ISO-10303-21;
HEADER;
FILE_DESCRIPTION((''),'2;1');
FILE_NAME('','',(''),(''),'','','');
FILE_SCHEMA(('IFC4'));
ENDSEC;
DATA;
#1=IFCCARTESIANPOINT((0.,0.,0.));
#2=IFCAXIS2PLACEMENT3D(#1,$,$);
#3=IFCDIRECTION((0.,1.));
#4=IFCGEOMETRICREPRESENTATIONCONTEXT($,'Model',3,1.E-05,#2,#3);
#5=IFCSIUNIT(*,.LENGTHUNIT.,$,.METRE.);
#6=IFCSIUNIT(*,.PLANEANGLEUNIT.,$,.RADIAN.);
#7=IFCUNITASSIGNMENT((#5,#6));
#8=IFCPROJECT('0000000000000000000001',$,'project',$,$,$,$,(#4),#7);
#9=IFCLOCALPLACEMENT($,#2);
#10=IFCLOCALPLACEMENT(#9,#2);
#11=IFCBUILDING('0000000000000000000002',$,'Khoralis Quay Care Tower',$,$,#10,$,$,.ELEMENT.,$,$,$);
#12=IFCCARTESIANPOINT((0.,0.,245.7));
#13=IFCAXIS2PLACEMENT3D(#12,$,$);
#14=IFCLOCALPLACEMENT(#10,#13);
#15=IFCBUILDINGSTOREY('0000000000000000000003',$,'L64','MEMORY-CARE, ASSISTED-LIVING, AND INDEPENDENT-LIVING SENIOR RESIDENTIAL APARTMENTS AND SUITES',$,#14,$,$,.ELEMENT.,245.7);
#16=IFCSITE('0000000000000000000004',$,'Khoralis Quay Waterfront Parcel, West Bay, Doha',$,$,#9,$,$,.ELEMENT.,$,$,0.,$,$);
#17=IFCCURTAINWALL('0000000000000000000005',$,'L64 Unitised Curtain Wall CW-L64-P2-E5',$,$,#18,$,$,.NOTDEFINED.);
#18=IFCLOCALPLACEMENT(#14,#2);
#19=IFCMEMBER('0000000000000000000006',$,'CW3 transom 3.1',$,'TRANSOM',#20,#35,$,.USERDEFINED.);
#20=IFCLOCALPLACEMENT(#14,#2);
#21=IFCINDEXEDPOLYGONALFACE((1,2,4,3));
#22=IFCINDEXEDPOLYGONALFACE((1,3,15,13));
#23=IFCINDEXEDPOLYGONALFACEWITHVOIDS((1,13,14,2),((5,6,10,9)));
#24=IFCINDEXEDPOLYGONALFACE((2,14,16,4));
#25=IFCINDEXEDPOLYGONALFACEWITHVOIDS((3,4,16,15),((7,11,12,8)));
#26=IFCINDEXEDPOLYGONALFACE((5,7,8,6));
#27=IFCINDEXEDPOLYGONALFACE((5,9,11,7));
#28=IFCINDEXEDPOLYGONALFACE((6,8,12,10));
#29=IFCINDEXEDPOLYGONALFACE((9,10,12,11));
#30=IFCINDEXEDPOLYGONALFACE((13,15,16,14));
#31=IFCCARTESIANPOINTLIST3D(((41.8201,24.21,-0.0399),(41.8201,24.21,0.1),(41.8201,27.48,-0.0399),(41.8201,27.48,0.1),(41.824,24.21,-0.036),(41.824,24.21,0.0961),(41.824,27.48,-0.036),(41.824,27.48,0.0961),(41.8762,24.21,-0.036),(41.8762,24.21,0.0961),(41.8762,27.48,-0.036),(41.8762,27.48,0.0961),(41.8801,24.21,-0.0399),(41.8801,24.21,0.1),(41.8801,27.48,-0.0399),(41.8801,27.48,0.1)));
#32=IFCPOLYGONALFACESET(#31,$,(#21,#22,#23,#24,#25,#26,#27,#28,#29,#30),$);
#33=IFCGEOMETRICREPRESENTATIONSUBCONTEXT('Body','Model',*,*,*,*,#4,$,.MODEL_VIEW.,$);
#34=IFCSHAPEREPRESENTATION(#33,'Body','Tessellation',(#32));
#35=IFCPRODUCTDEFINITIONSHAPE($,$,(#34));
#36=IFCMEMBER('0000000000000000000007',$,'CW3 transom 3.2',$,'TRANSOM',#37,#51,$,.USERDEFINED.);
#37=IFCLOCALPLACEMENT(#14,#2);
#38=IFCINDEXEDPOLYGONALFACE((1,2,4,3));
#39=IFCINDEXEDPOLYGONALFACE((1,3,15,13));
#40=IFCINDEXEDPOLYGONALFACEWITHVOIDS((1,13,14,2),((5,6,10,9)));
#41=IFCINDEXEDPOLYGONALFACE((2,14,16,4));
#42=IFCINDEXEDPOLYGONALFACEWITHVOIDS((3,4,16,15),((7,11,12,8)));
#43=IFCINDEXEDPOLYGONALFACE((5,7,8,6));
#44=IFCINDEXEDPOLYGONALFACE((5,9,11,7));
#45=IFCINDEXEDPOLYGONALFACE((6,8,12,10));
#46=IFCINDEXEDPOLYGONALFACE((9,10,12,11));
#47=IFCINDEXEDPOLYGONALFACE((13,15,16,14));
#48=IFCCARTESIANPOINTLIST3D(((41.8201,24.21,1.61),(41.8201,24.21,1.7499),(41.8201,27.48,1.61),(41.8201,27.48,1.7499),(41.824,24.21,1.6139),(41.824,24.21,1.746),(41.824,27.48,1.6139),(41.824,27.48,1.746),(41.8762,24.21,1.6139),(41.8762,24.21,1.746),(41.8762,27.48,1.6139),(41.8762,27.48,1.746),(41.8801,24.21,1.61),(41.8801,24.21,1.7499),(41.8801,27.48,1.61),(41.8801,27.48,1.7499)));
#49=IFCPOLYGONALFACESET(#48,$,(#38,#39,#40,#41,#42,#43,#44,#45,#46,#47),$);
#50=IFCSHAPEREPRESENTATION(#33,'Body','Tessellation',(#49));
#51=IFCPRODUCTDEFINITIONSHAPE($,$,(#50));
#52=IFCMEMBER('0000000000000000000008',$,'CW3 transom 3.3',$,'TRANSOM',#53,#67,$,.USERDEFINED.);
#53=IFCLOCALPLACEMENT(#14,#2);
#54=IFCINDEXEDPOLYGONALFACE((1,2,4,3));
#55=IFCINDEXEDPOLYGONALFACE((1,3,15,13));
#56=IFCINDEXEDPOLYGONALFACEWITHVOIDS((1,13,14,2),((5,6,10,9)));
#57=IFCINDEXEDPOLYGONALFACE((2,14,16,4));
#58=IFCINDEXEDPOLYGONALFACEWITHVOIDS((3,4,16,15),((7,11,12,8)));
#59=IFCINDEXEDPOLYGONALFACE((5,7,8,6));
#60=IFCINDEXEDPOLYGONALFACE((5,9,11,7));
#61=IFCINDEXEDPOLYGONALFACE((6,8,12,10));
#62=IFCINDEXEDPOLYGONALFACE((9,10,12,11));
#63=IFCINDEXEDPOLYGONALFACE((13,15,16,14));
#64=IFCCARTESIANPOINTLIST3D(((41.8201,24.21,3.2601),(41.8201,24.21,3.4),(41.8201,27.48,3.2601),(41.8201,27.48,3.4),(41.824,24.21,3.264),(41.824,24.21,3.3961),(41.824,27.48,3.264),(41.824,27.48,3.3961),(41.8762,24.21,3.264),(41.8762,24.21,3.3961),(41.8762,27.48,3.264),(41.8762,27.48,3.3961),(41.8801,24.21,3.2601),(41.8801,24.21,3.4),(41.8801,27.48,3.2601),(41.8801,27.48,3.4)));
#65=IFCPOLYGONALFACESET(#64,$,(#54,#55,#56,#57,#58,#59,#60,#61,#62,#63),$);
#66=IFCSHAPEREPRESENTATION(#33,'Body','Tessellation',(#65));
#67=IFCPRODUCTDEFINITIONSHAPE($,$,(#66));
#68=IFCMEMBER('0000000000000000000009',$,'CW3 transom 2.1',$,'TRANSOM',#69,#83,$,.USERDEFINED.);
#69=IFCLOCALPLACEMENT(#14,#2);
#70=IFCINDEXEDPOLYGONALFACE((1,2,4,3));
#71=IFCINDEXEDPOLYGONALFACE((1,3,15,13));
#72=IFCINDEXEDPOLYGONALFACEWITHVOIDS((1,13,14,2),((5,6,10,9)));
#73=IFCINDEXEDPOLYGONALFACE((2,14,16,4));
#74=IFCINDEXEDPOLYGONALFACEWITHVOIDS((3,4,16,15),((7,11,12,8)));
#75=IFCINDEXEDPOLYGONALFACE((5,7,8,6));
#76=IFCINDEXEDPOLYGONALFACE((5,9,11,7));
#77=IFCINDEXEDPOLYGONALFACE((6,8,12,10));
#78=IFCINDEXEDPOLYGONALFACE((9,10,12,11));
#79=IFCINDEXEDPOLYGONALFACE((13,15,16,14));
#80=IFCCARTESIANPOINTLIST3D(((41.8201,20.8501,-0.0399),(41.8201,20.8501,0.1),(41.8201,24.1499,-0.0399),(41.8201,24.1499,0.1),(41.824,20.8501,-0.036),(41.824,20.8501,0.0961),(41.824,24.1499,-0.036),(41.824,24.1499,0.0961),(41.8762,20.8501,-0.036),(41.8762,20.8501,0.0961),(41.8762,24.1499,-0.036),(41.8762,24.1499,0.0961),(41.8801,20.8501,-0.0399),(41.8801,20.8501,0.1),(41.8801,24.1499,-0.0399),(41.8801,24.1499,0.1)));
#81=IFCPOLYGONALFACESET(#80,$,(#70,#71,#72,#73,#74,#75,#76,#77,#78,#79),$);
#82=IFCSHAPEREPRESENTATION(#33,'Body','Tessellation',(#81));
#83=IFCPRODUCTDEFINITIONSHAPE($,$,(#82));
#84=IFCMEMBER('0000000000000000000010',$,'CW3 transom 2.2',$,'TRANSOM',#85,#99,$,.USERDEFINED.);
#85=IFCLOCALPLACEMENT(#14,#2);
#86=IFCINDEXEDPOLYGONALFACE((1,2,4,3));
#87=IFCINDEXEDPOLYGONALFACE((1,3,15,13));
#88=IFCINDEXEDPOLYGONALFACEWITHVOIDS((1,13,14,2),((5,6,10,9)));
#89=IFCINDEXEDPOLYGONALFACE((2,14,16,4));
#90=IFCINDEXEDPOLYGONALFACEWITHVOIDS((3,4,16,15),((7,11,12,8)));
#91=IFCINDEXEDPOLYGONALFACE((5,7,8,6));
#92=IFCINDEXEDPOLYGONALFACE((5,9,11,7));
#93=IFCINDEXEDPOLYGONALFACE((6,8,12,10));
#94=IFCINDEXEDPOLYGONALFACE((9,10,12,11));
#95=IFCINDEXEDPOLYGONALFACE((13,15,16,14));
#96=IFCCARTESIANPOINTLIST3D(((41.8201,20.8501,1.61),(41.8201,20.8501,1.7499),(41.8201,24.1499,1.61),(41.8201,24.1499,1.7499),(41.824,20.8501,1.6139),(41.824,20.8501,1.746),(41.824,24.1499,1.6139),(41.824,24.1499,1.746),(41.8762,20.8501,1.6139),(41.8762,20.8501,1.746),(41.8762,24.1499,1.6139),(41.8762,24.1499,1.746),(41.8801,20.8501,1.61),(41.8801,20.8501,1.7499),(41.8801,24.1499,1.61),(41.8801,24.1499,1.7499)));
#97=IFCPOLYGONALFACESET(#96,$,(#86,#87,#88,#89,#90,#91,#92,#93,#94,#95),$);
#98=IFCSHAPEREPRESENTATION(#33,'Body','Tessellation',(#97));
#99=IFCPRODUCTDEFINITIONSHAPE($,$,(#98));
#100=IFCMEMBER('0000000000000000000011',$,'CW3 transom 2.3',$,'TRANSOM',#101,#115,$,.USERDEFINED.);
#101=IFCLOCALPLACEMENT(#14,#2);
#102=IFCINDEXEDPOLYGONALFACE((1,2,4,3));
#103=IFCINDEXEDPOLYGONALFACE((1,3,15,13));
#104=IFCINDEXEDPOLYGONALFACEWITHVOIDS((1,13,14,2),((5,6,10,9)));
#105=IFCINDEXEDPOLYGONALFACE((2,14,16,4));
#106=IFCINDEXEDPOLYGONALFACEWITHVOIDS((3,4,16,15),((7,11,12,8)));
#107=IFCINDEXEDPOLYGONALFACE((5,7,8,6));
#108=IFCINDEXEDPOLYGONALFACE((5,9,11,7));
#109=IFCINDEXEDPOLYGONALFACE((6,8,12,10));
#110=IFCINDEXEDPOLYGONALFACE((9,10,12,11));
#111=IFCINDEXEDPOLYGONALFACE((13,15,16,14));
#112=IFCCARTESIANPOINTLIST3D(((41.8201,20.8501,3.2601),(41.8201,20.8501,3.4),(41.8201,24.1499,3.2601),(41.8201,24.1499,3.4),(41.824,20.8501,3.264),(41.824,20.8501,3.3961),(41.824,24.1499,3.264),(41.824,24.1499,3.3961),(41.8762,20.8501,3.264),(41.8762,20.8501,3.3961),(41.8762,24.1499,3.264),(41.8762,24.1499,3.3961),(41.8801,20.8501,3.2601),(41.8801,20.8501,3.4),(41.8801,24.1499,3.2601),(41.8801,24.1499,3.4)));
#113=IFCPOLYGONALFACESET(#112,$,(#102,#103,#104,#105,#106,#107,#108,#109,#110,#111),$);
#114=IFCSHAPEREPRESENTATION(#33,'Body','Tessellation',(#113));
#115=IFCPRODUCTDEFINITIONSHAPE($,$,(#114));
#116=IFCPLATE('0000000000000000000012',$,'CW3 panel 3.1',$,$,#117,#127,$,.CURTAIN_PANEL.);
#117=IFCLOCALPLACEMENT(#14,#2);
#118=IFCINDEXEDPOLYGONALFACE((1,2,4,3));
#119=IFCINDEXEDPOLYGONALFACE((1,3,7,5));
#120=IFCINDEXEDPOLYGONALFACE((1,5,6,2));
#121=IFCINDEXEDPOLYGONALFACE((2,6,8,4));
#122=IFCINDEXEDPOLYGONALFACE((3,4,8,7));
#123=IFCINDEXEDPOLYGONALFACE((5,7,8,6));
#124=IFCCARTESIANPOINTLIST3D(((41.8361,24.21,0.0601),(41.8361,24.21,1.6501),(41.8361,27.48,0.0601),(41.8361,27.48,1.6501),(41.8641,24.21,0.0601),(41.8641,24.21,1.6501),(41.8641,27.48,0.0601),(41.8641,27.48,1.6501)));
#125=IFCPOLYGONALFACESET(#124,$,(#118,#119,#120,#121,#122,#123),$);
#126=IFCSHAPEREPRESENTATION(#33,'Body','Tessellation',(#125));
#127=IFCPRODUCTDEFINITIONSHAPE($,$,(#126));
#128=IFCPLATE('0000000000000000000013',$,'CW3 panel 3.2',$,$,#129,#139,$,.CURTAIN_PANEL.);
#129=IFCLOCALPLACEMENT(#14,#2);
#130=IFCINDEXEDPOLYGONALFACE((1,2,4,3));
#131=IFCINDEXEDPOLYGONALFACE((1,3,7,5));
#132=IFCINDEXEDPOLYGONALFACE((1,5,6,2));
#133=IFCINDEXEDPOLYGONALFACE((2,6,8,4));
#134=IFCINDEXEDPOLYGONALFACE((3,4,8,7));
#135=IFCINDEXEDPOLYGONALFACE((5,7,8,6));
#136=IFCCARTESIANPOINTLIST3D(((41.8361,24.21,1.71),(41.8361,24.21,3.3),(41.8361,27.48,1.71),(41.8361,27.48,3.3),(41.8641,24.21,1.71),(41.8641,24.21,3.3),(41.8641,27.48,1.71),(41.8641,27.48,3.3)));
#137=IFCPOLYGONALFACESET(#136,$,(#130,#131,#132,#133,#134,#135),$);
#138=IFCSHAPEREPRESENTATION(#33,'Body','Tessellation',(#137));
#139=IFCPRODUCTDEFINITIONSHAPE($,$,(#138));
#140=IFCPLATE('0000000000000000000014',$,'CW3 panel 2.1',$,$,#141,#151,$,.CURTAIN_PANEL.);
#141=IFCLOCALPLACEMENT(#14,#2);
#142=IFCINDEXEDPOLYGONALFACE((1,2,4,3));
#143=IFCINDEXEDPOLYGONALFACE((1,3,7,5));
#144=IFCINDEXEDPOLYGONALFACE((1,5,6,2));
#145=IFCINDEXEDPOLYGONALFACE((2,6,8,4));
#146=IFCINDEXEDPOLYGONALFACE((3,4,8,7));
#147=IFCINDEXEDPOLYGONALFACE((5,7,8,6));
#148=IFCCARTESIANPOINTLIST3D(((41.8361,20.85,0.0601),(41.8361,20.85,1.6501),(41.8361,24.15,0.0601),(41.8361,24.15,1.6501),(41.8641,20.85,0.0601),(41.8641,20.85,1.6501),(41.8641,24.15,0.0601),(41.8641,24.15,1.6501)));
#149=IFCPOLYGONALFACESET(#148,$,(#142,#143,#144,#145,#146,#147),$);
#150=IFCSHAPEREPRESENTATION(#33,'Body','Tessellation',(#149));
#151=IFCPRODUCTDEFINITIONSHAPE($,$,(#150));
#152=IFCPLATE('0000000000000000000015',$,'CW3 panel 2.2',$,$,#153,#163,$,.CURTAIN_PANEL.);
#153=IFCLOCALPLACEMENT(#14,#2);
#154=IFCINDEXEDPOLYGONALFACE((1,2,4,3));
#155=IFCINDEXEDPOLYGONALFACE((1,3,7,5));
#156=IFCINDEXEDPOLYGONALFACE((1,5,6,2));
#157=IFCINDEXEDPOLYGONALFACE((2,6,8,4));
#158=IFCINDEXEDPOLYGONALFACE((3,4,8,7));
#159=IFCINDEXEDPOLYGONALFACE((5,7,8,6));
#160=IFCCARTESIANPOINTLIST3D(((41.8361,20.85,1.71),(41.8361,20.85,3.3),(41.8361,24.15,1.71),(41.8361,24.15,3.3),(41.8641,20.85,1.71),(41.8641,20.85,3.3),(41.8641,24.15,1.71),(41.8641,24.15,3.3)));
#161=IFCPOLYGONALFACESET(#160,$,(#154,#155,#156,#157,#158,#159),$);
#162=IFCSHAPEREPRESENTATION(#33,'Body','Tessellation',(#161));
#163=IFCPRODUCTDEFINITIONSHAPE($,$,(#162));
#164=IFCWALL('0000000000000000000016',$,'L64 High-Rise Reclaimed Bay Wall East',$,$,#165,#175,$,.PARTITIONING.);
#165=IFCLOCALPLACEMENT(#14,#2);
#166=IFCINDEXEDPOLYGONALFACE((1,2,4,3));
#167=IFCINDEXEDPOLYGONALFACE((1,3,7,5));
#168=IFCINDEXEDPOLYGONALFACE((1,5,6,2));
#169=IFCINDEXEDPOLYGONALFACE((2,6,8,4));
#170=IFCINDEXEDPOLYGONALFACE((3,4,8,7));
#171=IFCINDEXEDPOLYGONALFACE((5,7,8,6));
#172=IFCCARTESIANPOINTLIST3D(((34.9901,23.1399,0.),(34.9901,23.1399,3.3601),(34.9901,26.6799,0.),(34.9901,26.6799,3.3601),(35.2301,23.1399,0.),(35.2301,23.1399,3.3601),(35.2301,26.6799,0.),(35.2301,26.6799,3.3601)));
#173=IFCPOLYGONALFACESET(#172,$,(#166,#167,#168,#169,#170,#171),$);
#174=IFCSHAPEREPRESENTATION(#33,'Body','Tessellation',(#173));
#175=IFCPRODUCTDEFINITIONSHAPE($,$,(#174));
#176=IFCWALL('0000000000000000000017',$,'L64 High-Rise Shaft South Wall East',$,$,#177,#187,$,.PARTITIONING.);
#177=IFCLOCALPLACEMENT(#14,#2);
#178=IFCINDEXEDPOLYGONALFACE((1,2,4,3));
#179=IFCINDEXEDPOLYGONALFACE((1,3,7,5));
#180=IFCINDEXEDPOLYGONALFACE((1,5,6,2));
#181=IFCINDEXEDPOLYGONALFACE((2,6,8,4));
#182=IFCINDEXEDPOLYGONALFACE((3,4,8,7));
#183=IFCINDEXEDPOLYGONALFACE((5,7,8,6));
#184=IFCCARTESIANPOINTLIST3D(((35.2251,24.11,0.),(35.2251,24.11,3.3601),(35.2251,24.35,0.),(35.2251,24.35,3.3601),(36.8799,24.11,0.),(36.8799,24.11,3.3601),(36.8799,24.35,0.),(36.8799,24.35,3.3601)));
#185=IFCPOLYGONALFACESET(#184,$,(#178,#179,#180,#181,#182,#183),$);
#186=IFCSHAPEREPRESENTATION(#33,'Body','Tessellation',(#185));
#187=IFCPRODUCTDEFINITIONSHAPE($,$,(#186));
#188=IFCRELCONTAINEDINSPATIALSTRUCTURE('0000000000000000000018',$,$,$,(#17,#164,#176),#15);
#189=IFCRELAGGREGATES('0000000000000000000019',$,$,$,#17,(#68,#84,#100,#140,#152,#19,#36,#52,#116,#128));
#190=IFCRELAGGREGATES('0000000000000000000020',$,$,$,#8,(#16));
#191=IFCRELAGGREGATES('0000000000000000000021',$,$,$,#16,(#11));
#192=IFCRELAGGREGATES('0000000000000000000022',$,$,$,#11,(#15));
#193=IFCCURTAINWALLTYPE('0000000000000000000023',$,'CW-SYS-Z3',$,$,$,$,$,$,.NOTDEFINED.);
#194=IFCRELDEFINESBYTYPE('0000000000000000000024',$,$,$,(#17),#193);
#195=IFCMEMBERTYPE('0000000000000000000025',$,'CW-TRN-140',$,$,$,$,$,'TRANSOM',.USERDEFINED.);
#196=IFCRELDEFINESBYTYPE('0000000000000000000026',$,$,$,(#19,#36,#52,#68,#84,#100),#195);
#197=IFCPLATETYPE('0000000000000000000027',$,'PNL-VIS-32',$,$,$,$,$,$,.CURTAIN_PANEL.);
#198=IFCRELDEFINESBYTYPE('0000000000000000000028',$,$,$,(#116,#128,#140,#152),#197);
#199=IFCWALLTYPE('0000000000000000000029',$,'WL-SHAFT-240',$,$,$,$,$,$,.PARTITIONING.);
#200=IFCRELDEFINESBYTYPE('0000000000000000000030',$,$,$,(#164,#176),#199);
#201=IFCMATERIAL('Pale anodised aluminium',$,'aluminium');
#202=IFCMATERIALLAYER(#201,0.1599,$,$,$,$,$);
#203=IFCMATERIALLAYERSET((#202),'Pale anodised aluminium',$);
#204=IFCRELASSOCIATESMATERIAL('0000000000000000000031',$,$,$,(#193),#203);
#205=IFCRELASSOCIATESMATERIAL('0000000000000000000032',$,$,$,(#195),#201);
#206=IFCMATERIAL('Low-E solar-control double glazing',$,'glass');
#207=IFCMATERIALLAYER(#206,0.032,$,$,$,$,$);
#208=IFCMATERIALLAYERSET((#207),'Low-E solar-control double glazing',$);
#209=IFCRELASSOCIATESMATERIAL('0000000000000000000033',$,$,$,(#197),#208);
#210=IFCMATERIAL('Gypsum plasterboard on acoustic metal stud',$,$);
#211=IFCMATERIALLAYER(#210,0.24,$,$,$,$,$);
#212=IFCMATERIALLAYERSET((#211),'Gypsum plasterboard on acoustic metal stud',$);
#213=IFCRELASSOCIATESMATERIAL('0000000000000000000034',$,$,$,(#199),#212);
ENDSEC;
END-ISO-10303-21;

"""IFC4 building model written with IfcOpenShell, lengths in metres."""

from ifc_helpers import new_model, si_unit, direction, frame, frame_2d, origin, origin_2d, place, context, subcontext, project, spatial, rectangle, hollow_rectangle, extrude, source, transform, mapped, material, layer, layer_set, material_profile, profile_set, type_object, element, aggregate, save


model = new_model("IFC4")

# Units and contexts
model_context = context("Model", 3, precision=1e-05, world=origin(), true_north=direction((0.0, 1.0)))
body_context = subcontext(model_context, "Body", "Model", "MODEL_VIEW")
ifc_project = project(units=[si_unit("LENGTHUNIT", "METRE"), si_unit("PLANEANGLEUNIT", "RADIAN")], contexts=[model_context])

# Site, building, storey
site_placement = place(None, origin())
site = spatial("IfcSite", under=ifc_project, at=site_placement, Name="Khoralis Quay Waterfront Parcel, West Bay, Doha", CompositionType="ELEMENT", RefElevation=0.0)
building_placement = place(site_placement, origin())
building = spatial("IfcBuilding", under=site, at=building_placement, Name="Khoralis Quay Care Tower", CompositionType="ELEMENT")
storey_placement = place(building_placement, frame((0.0, 0.0, 245.7)))
storey = spatial("IfcBuildingStorey", under=building, at=storey_placement, Name="L64", Description="MEMORY-CARE, ASSISTED-LIVING, AND INDEPENDENT-LIVING SENIOR RESIDENTIAL APARTMENTS AND SUITES", CompositionType="ELEMENT", Elevation=245.7)

# Curtain wall, members, plates
ifc_material_1 = material(Name="Pale anodised aluminium", Category="aluminium")
ifc_layer_1 = layer(ifc_material_1, 0.1599)
ifc_layer_set_1 = layer_set([ifc_layer_1], Name="Pale anodised aluminium")
curtain_wall_type = type_object("IfcCurtainWallType", Name="CW-SYS-Z3", PredefinedType="NOTDEFINED", material=ifc_layer_set_1)
curtain_wall_placement = place(storey_placement, origin())
curtain_wall = element("IfcCurtainWall", 1, at=curtain_wall_placement, inside=storey, type_object=curtain_wall_type, Name="L64 Unitised Curtain Wall CW-L64-P2-E5", PredefinedType="NOTDEFINED")
ifc_material_profile_1 = material_profile(ifc_material_1, hollow_rectangle(XDim=0.0601, YDim=0.1399, WallThickness=0.0039, at=origin_2d()), Name="Pale anodised aluminium")
ifc_profile_set_1 = profile_set([ifc_material_profile_1], Name="Pale anodised aluminium")
member_type_1 = type_object("IfcMemberType", Name="CW-TRN-140", ElementType="TRANSOM", PredefinedType="USERDEFINED", material=ifc_profile_set_1)
shared_shape_1 = source(origin(), body_context, "Body", "SweptSolid", [
    extrude(hollow_rectangle(XDim=0.0601, YDim=0.1399, WallThickness=0.0039, at=origin_2d()), origin(), (0.0, 0.0, 1.0), 3.27),
])
member_1_placement = place(storey_placement, frame((41.8501, 24.21, 0.03), z_axis=(0.0, 1.0, 0.0), x_axis=(-1.0, 0.0, 0.0)))
member_1 = element("IfcMember", 2, at=member_1_placement, type_object=member_type_1, Name="CW3 transom 3.1", ObjectType="TRANSOM", PredefinedType="USERDEFINED", context=body_context, shape_type="MappedRepresentation", body=[
    mapped(shared_shape_1, transform((0.0, 0.0, 0.0), scale=1.0)),
])
member_2_placement = place(storey_placement, frame((41.8501, 24.21, 1.6799), z_axis=(0.0, 1.0, 0.0), x_axis=(-1.0, 0.0, 0.0)))
member_2 = element("IfcMember", 3, at=member_2_placement, type_object=member_type_1, Name="CW3 transom 3.2", ObjectType="TRANSOM", PredefinedType="USERDEFINED", context=body_context, shape_type="MappedRepresentation", body=[
    mapped(shared_shape_1, transform((0.0, 0.0, 0.0), scale=1.0)),
])
member_3_placement = place(storey_placement, frame((41.8501, 24.21, 3.3301), z_axis=(0.0, 1.0, 0.0), x_axis=(-1.0, 0.0, 0.0)))
member_3 = element("IfcMember", 4, at=member_3_placement, type_object=member_type_1, Name="CW3 transom 3.3", ObjectType="TRANSOM", PredefinedType="USERDEFINED", context=body_context, shape_type="MappedRepresentation", body=[
    mapped(shared_shape_1, transform((0.0, 0.0, 0.0), scale=1.0)),
])
shared_shape_2 = source(origin(), body_context, "Body", "SweptSolid", [
    extrude(hollow_rectangle(XDim=0.0601, YDim=0.1399, WallThickness=0.0039, at=origin_2d()), origin(), (0.0, 0.0, 1.0), 3.2998),
])
member_4_placement = place(storey_placement, frame((41.8501, 20.8501, 0.03), z_axis=(0.0, 1.0, 0.0), x_axis=(-1.0, 0.0, 0.0)))
member_4 = element("IfcMember", 5, at=member_4_placement, type_object=member_type_1, Name="CW3 transom 2.1", ObjectType="TRANSOM", PredefinedType="USERDEFINED", context=body_context, shape_type="MappedRepresentation", body=[
    mapped(shared_shape_2, transform((0.0, 0.0, 0.0), scale=1.0)),
])
member_5_placement = place(storey_placement, frame((41.8501, 20.8501, 1.6799), z_axis=(0.0, 1.0, 0.0), x_axis=(-1.0, 0.0, 0.0)))
member_5 = element("IfcMember", 6, at=member_5_placement, type_object=member_type_1, Name="CW3 transom 2.2", ObjectType="TRANSOM", PredefinedType="USERDEFINED", context=body_context, shape_type="MappedRepresentation", body=[
    mapped(shared_shape_2, transform((0.0, 0.0, 0.0), scale=1.0)),
])
member_6_placement = place(storey_placement, frame((41.8501, 20.8501, 3.3301), z_axis=(0.0, 1.0, 0.0), x_axis=(-1.0, 0.0, 0.0)))
member_6 = element("IfcMember", 7, at=member_6_placement, type_object=member_type_1, Name="CW3 transom 2.3", ObjectType="TRANSOM", PredefinedType="USERDEFINED", context=body_context, shape_type="MappedRepresentation", body=[
    mapped(shared_shape_2, transform((0.0, 0.0, 0.0), scale=1.0)),
])
ifc_material_2 = material(Name="Low-E solar-control double glazing", Category="glass")
ifc_layer_2 = layer(ifc_material_2, 0.032)
ifc_layer_set_2 = layer_set([ifc_layer_2], Name="Low-E solar-control double glazing")
plate_type = type_object("IfcPlateType", Name="PNL-VIS-32", PredefinedType="CURTAIN_PANEL", material=ifc_layer_set_2)
shared_shape_3 = source(origin(), body_context, "Body", "SweptSolid", [
    extrude(rectangle(XDim=3.27, YDim=0.0281, at=origin_2d()), origin(), (0.0, 0.0, 1.0), 1.5901),
])
plate_1_placement = place(storey_placement, frame((41.8501, 25.845, 0.0601), z_axis=(0.0, 0.0, 1.0), x_axis=(0.0, 1.0, 0.0)))
plate_1 = element("IfcPlate", 8, at=plate_1_placement, type_object=plate_type, Name="CW3 panel 3.1", PredefinedType="CURTAIN_PANEL", context=body_context, shape_type="MappedRepresentation", body=[
    mapped(shared_shape_3, transform((0.0, 0.0, 0.0), scale=1.0)),
])
plate_2_placement = place(storey_placement, frame((41.8501, 25.845, 1.71), z_axis=(0.0, 0.0, 1.0), x_axis=(0.0, 1.0, 0.0)))
plate_2 = element("IfcPlate", 9, at=plate_2_placement, type_object=plate_type, Name="CW3 panel 3.2", PredefinedType="CURTAIN_PANEL", context=body_context, shape_type="MappedRepresentation", body=[
    mapped(shared_shape_3, transform((0.0, 0.0, 0.0), scale=1.0)),
])
shared_shape_4 = source(origin(), body_context, "Body", "SweptSolid", [
    extrude(rectangle(XDim=3.3, YDim=0.0281, at=origin_2d()), origin(), (0.0, 0.0, 1.0), 1.5901),
])
plate_3_placement = place(storey_placement, frame((41.8501, 22.5, 0.0601), z_axis=(0.0, 0.0, 1.0), x_axis=(0.0, 1.0, 0.0)))
plate_3 = element("IfcPlate", 10, at=plate_3_placement, type_object=plate_type, Name="CW3 panel 2.1", PredefinedType="CURTAIN_PANEL", context=body_context, shape_type="MappedRepresentation", body=[
    mapped(shared_shape_4, transform((0.0, 0.0, 0.0), scale=1.0)),
])
plate_4_placement = place(storey_placement, frame((41.8501, 22.5, 1.71), z_axis=(0.0, 0.0, 1.0), x_axis=(0.0, 1.0, 0.0)))
plate_4 = element("IfcPlate", 11, at=plate_4_placement, type_object=plate_type, Name="CW3 panel 2.2", PredefinedType="CURTAIN_PANEL", context=body_context, shape_type="MappedRepresentation", body=[
    mapped(shared_shape_4, transform((0.0, 0.0, 0.0), scale=1.0)),
])
aggregate(curtain_wall, [member_4, member_5, member_6, plate_3, plate_4, member_1, member_2, member_3, plate_1, plate_2])

# Walls
ifc_material_3 = material(Name="Gypsum plasterboard on acoustic metal stud")
ifc_layer_3 = layer(ifc_material_3, 0.24)
ifc_layer_set_3 = layer_set([ifc_layer_3], Name="Gypsum plasterboard on acoustic metal stud")
wall_type = type_object("IfcWallType", Name="WL-SHAFT-240", PredefinedType="PARTITIONING", material=ifc_layer_set_3)
wall_1_placement = place(storey_placement, frame((35.1101, 23.1399, 0.0), z_axis=(0.0, 0.0, 1.0), x_axis=(0.0, 1.0, 0.0)))
element("IfcWall", 12, at=wall_1_placement, inside=storey, type_object=wall_type, Name="L64 High-Rise Reclaimed Bay Wall East", PredefinedType="PARTITIONING", context=body_context, shape_type="SweptSolid", body=[
    extrude(rectangle(XDim=3.54, YDim=0.24, at=frame_2d((1.77, 0.0))), origin(), (0.0, 0.0, 1.0), 3.3601),
])
wall_2_placement = place(storey_placement, frame((35.2251, 24.23, 0.0), z_axis=(0.0, 0.0, 1.0), x_axis=(1.0, 0.0, 0.0)))
element("IfcWall", 13, at=wall_2_placement, inside=storey, type_object=wall_type, Name="L64 High-Rise Shaft South Wall East", PredefinedType="PARTITIONING", context=body_context, shape_type="SweptSolid", body=[
    extrude(rectangle(XDim=1.6548, YDim=0.24, at=frame_2d((0.8274, 0.0))), origin(), (0.0, 0.0, 1.0), 3.3601),
])

save(model, "model.ifc")
